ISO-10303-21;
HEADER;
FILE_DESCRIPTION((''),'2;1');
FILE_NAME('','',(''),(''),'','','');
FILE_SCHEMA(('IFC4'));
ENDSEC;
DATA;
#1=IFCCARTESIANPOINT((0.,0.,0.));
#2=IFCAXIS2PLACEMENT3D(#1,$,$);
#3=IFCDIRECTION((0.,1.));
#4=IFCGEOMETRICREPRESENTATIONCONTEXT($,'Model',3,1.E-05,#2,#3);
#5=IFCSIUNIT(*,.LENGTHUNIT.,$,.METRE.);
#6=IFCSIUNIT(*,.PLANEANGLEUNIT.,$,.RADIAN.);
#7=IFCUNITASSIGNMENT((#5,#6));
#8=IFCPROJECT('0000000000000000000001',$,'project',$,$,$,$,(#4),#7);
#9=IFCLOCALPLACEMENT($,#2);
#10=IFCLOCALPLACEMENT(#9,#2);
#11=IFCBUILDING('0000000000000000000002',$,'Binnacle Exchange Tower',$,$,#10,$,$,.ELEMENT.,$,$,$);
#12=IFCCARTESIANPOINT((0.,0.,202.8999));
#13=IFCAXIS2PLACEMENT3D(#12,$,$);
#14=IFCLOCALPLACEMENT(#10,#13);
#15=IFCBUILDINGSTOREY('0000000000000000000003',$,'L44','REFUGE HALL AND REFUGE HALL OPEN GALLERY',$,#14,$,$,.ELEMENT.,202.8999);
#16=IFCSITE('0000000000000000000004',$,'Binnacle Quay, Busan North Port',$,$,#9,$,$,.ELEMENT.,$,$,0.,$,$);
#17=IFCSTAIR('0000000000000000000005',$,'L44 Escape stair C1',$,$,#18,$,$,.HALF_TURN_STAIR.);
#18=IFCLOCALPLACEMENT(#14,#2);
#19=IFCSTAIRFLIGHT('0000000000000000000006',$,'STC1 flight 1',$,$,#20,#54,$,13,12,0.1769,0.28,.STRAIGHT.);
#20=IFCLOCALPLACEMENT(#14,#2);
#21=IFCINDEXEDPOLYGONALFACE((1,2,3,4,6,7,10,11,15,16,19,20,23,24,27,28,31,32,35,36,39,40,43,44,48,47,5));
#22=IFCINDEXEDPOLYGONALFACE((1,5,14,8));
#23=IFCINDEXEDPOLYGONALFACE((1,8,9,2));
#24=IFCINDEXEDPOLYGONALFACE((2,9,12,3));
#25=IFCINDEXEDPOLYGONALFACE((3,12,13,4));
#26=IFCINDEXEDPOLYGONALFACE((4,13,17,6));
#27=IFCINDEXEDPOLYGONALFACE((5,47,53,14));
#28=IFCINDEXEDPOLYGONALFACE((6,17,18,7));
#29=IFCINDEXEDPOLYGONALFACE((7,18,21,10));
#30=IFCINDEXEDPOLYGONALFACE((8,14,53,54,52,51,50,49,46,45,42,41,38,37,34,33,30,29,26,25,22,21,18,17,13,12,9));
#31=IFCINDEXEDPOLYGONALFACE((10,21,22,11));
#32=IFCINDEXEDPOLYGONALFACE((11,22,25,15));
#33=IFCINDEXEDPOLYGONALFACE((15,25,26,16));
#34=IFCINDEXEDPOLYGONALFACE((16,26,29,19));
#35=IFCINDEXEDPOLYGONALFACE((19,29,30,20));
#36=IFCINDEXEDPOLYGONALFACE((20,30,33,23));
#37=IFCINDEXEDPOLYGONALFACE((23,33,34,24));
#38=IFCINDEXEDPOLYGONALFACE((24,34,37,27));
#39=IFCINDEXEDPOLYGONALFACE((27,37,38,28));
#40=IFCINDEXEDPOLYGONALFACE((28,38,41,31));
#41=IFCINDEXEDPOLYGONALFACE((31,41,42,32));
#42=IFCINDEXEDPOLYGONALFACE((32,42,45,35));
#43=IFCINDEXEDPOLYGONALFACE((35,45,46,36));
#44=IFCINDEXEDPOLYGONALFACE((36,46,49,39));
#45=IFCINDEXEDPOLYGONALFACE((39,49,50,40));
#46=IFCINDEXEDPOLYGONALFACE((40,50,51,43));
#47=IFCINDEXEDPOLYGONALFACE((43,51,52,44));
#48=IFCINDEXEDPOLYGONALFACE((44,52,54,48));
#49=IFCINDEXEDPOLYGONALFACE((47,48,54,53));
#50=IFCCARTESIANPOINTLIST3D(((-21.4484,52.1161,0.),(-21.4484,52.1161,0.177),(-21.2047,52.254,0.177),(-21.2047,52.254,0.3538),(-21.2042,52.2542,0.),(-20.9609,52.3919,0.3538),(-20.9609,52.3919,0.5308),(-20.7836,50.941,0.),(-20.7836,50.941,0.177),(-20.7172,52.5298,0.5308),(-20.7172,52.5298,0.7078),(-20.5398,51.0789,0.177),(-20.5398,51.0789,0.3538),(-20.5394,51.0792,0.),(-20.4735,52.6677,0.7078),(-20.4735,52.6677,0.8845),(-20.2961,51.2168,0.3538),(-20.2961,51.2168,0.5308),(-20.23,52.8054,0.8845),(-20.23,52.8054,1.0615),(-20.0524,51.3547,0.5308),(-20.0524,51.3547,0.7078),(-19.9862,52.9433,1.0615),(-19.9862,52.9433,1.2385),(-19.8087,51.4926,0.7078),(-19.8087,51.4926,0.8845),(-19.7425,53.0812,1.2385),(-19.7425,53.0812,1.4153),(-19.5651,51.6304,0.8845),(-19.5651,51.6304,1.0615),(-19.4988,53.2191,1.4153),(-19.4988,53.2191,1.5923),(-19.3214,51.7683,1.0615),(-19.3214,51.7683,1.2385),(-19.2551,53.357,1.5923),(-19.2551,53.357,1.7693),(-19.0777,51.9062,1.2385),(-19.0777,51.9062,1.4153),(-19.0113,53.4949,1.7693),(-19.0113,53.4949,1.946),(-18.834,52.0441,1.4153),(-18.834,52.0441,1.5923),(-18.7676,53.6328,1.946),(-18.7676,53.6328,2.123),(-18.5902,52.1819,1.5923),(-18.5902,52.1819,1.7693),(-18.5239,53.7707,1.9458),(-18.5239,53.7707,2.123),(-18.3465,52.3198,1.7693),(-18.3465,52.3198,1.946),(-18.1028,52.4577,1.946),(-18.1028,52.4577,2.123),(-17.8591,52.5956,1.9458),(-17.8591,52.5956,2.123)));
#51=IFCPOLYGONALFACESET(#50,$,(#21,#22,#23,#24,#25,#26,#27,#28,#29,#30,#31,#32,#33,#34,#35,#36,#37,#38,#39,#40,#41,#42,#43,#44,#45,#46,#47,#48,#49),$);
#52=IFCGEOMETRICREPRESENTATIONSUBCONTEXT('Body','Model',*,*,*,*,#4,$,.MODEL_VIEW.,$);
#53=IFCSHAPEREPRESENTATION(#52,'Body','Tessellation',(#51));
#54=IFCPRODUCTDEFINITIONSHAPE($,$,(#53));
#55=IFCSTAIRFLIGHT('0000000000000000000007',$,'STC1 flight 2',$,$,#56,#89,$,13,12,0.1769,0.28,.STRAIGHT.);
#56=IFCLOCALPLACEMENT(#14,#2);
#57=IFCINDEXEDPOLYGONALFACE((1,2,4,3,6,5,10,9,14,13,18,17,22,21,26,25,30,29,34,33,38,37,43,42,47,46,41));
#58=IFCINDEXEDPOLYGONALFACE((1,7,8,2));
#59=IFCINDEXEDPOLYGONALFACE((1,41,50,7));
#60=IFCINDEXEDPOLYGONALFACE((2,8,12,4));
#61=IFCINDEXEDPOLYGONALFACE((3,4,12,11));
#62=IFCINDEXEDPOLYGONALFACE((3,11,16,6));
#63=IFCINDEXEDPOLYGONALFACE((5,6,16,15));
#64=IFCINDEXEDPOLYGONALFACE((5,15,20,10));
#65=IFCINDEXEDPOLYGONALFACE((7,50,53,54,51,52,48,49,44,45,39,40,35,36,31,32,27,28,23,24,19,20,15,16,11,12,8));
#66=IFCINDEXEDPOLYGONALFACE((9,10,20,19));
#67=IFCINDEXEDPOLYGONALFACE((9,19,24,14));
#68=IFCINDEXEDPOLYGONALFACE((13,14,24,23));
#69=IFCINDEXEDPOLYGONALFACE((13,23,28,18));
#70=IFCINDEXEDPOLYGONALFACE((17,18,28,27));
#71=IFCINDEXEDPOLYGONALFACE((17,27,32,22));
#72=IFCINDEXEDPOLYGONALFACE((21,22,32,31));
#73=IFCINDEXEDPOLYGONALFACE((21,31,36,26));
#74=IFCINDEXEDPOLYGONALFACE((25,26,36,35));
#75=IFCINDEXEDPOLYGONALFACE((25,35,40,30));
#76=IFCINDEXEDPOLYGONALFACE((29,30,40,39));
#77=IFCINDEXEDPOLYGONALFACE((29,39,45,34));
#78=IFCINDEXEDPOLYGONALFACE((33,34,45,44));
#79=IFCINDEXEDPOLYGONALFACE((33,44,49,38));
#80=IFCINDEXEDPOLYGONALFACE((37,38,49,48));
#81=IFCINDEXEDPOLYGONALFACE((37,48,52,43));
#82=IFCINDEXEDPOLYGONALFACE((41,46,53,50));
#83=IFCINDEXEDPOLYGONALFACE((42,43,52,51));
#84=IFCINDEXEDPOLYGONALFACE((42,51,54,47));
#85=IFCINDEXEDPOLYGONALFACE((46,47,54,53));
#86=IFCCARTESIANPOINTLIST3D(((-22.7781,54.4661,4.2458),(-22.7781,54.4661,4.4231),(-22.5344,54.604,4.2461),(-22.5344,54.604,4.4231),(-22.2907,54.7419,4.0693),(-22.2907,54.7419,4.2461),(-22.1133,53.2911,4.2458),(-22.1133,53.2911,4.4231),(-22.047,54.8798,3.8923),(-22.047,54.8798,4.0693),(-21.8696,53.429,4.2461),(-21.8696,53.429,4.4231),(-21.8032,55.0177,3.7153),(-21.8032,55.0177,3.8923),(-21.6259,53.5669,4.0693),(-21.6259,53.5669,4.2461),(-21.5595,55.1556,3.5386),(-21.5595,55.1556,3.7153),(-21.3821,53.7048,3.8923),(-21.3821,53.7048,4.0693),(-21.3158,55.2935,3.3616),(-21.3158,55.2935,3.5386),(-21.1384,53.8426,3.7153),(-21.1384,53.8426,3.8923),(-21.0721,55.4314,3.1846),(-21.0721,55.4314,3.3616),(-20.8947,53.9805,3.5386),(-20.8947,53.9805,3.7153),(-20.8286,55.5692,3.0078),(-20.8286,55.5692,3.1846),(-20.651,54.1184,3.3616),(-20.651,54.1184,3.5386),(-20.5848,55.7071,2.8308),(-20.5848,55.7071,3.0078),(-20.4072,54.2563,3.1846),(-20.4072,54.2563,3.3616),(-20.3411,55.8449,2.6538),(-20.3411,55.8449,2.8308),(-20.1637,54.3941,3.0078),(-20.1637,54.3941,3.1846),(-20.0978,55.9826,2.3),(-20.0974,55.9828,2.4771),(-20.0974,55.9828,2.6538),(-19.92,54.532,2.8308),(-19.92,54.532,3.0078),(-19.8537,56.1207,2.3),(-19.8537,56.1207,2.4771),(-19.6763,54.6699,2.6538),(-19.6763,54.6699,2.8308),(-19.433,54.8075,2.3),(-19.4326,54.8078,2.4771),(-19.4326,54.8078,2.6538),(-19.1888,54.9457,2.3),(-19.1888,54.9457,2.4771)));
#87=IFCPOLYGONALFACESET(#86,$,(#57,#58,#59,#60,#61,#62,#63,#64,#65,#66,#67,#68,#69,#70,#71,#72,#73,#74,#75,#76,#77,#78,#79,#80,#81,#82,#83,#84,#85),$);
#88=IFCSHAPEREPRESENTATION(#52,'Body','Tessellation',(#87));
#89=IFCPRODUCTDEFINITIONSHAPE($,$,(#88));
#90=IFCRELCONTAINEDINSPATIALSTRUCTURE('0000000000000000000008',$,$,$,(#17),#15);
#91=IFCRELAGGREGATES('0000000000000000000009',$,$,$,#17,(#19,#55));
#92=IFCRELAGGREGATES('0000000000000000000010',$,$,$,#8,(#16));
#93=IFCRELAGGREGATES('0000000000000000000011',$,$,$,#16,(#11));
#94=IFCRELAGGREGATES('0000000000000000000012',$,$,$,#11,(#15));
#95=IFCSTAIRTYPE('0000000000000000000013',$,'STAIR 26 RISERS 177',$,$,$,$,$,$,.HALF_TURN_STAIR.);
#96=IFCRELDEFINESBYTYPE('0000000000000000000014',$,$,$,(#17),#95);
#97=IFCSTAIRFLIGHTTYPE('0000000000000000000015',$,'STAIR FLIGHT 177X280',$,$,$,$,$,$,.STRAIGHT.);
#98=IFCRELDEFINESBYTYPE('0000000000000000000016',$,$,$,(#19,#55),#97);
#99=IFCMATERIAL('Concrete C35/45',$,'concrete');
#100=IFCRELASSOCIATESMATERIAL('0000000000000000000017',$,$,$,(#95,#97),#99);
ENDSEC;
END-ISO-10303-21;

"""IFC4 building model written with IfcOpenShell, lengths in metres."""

from ifc_helpers import new_model, si_unit, direction, frame, origin, place, context, subcontext, project, spatial, polyline, outline, extrude, material, type_object, element, aggregate, save


model = new_model("IFC4")

# Units and contexts
model_context = context("Model", 3, precision=1e-05, world=origin(), true_north=direction((0.0, 1.0)))
body_context = subcontext(model_context, "Body", "Model", "MODEL_VIEW")
ifc_project = project(units=[si_unit("LENGTHUNIT", "METRE"), si_unit("PLANEANGLEUNIT", "RADIAN")], contexts=[model_context])

# Site, building, storey
site_placement = place(None, origin())
site = spatial("IfcSite", under=ifc_project, at=site_placement, Name="Binnacle Quay, Busan North Port", CompositionType="ELEMENT", RefElevation=0.0)
building_placement = place(site_placement, origin())
building = spatial("IfcBuilding", under=site, at=building_placement, Name="Binnacle Exchange Tower", CompositionType="ELEMENT")
storey_placement = place(building_placement, frame((0.0, 0.0, 202.8999)))
storey = spatial("IfcBuildingStorey", under=building, at=storey_placement, Name="L44", Description="REFUGE HALL AND REFUGE HALL OPEN GALLERY", CompositionType="ELEMENT", Elevation=202.8999)

# Stair, stair flights
ifc_material_1 = material(Name="Concrete C35/45", Category="concrete")
stair_type = type_object("IfcStairType", Name="STAIR 26 RISERS 177", PredefinedType="HALF_TURN_STAIR", material=ifc_material_1)
stair_placement = place(storey_placement, origin())
stair = element("IfcStair", 1, at=stair_placement, inside=storey, type_object=stair_type, Name="L44 Escape stair C1", PredefinedType="HALF_TURN_STAIR")
stair_flight_type = type_object("IfcStairFlightType", Name="STAIR FLIGHT 177X280", PredefinedType="STRAIGHT", material=ifc_material_1)
stair_flight_1_placement = place(storey_placement, frame((-21.116, 51.5286, 0.0), z_axis=(0.0, 0.0, 1.0), x_axis=(0.870356, 0.492424, 0.0)))
stair_flight_1 = element("IfcStairFlight", 2, at=stair_flight_1_placement, type_object=stair_flight_type, Name="STC1 flight 1", NumberOfRisers=13, NumberOfTreads=12, PredefinedType="STRAIGHT", RiserHeight=0.1769, TreadLength=0.28, context=body_context, shape_type="SweptSolid", body=[
    extrude(outline(polyline([(0.0, 0.0), (0.0, 0.177), (0.28, 0.177), (0.28, 0.3538), (0.5601, 0.3538), (0.5601, 0.5308), (0.8401, 0.5308), (0.8401, 0.7078), (1.1201, 0.7078), (1.1201, 0.8845), (1.3999, 0.8845), (1.3999, 1.0615), (1.6799, 1.0615), (1.6799, 1.2385), (1.96, 1.2385), (1.96, 1.4153), (2.24, 1.4153), (2.24, 1.5923), (2.52, 1.5923), (2.52, 1.7693), (2.8, 1.7693), (2.8, 1.946), (3.0801, 1.946), (3.0801, 2.123), (3.3601, 2.123), (3.3601, 2.3), (3.3601, 1.9458), (0.2805, 0.0), (0.0, 0.0)])), frame((0.0, 0.675, 0.0), z_axis=(0.0, -1.0, 0.0), x_axis=(1.0, 0.0, 0.0)), (0.0, 0.0, 1.0), 1.3501),
])
stair_flight_2_placement = place(storey_placement, frame((-19.5212, 55.5332, 2.3), z_axis=(0.0, 0.0, 1.0), x_axis=(-0.870356, -0.492424, 0.0)))
stair_flight_2 = element("IfcStairFlight", 3, at=stair_flight_2_placement, type_object=stair_flight_type, Name="STC1 flight 2", NumberOfRisers=13, NumberOfTreads=12, PredefinedType="STRAIGHT", RiserHeight=0.1769, TreadLength=0.28, context=body_context, shape_type="SweptSolid", body=[
    extrude(outline(polyline([(0.0, 0.0), (0.0, 0.177), (0.28, 0.177), (0.28, 0.3538), (0.5601, 0.3538), (0.5601, 0.5308), (0.8401, 0.5308), (0.8401, 0.7078), (1.1201, 0.7078), (1.1201, 0.8845), (1.3999, 0.8845), (1.3999, 1.0615), (1.6799, 1.0615), (1.6799, 1.2385), (1.96, 1.2385), (1.96, 1.4153), (2.24, 1.4153), (2.24, 1.5923), (2.52, 1.5923), (2.52, 1.7693), (2.8, 1.7693), (2.8, 1.946), (3.0801, 1.946), (3.0801, 2.123), (3.3601, 2.123), (3.3601, 2.3), (3.3601, 1.9458), (0.2805, 0.0), (0.0, 0.0)])), frame((0.0, 0.675, 0.0), z_axis=(0.0, -1.0, 0.0), x_axis=(1.0, 0.0, 0.0)), (0.0, 0.0, 1.0), 1.3501),
])
aggregate(stair, [stair_flight_1, stair_flight_2])

save(model, "model.ifc")
